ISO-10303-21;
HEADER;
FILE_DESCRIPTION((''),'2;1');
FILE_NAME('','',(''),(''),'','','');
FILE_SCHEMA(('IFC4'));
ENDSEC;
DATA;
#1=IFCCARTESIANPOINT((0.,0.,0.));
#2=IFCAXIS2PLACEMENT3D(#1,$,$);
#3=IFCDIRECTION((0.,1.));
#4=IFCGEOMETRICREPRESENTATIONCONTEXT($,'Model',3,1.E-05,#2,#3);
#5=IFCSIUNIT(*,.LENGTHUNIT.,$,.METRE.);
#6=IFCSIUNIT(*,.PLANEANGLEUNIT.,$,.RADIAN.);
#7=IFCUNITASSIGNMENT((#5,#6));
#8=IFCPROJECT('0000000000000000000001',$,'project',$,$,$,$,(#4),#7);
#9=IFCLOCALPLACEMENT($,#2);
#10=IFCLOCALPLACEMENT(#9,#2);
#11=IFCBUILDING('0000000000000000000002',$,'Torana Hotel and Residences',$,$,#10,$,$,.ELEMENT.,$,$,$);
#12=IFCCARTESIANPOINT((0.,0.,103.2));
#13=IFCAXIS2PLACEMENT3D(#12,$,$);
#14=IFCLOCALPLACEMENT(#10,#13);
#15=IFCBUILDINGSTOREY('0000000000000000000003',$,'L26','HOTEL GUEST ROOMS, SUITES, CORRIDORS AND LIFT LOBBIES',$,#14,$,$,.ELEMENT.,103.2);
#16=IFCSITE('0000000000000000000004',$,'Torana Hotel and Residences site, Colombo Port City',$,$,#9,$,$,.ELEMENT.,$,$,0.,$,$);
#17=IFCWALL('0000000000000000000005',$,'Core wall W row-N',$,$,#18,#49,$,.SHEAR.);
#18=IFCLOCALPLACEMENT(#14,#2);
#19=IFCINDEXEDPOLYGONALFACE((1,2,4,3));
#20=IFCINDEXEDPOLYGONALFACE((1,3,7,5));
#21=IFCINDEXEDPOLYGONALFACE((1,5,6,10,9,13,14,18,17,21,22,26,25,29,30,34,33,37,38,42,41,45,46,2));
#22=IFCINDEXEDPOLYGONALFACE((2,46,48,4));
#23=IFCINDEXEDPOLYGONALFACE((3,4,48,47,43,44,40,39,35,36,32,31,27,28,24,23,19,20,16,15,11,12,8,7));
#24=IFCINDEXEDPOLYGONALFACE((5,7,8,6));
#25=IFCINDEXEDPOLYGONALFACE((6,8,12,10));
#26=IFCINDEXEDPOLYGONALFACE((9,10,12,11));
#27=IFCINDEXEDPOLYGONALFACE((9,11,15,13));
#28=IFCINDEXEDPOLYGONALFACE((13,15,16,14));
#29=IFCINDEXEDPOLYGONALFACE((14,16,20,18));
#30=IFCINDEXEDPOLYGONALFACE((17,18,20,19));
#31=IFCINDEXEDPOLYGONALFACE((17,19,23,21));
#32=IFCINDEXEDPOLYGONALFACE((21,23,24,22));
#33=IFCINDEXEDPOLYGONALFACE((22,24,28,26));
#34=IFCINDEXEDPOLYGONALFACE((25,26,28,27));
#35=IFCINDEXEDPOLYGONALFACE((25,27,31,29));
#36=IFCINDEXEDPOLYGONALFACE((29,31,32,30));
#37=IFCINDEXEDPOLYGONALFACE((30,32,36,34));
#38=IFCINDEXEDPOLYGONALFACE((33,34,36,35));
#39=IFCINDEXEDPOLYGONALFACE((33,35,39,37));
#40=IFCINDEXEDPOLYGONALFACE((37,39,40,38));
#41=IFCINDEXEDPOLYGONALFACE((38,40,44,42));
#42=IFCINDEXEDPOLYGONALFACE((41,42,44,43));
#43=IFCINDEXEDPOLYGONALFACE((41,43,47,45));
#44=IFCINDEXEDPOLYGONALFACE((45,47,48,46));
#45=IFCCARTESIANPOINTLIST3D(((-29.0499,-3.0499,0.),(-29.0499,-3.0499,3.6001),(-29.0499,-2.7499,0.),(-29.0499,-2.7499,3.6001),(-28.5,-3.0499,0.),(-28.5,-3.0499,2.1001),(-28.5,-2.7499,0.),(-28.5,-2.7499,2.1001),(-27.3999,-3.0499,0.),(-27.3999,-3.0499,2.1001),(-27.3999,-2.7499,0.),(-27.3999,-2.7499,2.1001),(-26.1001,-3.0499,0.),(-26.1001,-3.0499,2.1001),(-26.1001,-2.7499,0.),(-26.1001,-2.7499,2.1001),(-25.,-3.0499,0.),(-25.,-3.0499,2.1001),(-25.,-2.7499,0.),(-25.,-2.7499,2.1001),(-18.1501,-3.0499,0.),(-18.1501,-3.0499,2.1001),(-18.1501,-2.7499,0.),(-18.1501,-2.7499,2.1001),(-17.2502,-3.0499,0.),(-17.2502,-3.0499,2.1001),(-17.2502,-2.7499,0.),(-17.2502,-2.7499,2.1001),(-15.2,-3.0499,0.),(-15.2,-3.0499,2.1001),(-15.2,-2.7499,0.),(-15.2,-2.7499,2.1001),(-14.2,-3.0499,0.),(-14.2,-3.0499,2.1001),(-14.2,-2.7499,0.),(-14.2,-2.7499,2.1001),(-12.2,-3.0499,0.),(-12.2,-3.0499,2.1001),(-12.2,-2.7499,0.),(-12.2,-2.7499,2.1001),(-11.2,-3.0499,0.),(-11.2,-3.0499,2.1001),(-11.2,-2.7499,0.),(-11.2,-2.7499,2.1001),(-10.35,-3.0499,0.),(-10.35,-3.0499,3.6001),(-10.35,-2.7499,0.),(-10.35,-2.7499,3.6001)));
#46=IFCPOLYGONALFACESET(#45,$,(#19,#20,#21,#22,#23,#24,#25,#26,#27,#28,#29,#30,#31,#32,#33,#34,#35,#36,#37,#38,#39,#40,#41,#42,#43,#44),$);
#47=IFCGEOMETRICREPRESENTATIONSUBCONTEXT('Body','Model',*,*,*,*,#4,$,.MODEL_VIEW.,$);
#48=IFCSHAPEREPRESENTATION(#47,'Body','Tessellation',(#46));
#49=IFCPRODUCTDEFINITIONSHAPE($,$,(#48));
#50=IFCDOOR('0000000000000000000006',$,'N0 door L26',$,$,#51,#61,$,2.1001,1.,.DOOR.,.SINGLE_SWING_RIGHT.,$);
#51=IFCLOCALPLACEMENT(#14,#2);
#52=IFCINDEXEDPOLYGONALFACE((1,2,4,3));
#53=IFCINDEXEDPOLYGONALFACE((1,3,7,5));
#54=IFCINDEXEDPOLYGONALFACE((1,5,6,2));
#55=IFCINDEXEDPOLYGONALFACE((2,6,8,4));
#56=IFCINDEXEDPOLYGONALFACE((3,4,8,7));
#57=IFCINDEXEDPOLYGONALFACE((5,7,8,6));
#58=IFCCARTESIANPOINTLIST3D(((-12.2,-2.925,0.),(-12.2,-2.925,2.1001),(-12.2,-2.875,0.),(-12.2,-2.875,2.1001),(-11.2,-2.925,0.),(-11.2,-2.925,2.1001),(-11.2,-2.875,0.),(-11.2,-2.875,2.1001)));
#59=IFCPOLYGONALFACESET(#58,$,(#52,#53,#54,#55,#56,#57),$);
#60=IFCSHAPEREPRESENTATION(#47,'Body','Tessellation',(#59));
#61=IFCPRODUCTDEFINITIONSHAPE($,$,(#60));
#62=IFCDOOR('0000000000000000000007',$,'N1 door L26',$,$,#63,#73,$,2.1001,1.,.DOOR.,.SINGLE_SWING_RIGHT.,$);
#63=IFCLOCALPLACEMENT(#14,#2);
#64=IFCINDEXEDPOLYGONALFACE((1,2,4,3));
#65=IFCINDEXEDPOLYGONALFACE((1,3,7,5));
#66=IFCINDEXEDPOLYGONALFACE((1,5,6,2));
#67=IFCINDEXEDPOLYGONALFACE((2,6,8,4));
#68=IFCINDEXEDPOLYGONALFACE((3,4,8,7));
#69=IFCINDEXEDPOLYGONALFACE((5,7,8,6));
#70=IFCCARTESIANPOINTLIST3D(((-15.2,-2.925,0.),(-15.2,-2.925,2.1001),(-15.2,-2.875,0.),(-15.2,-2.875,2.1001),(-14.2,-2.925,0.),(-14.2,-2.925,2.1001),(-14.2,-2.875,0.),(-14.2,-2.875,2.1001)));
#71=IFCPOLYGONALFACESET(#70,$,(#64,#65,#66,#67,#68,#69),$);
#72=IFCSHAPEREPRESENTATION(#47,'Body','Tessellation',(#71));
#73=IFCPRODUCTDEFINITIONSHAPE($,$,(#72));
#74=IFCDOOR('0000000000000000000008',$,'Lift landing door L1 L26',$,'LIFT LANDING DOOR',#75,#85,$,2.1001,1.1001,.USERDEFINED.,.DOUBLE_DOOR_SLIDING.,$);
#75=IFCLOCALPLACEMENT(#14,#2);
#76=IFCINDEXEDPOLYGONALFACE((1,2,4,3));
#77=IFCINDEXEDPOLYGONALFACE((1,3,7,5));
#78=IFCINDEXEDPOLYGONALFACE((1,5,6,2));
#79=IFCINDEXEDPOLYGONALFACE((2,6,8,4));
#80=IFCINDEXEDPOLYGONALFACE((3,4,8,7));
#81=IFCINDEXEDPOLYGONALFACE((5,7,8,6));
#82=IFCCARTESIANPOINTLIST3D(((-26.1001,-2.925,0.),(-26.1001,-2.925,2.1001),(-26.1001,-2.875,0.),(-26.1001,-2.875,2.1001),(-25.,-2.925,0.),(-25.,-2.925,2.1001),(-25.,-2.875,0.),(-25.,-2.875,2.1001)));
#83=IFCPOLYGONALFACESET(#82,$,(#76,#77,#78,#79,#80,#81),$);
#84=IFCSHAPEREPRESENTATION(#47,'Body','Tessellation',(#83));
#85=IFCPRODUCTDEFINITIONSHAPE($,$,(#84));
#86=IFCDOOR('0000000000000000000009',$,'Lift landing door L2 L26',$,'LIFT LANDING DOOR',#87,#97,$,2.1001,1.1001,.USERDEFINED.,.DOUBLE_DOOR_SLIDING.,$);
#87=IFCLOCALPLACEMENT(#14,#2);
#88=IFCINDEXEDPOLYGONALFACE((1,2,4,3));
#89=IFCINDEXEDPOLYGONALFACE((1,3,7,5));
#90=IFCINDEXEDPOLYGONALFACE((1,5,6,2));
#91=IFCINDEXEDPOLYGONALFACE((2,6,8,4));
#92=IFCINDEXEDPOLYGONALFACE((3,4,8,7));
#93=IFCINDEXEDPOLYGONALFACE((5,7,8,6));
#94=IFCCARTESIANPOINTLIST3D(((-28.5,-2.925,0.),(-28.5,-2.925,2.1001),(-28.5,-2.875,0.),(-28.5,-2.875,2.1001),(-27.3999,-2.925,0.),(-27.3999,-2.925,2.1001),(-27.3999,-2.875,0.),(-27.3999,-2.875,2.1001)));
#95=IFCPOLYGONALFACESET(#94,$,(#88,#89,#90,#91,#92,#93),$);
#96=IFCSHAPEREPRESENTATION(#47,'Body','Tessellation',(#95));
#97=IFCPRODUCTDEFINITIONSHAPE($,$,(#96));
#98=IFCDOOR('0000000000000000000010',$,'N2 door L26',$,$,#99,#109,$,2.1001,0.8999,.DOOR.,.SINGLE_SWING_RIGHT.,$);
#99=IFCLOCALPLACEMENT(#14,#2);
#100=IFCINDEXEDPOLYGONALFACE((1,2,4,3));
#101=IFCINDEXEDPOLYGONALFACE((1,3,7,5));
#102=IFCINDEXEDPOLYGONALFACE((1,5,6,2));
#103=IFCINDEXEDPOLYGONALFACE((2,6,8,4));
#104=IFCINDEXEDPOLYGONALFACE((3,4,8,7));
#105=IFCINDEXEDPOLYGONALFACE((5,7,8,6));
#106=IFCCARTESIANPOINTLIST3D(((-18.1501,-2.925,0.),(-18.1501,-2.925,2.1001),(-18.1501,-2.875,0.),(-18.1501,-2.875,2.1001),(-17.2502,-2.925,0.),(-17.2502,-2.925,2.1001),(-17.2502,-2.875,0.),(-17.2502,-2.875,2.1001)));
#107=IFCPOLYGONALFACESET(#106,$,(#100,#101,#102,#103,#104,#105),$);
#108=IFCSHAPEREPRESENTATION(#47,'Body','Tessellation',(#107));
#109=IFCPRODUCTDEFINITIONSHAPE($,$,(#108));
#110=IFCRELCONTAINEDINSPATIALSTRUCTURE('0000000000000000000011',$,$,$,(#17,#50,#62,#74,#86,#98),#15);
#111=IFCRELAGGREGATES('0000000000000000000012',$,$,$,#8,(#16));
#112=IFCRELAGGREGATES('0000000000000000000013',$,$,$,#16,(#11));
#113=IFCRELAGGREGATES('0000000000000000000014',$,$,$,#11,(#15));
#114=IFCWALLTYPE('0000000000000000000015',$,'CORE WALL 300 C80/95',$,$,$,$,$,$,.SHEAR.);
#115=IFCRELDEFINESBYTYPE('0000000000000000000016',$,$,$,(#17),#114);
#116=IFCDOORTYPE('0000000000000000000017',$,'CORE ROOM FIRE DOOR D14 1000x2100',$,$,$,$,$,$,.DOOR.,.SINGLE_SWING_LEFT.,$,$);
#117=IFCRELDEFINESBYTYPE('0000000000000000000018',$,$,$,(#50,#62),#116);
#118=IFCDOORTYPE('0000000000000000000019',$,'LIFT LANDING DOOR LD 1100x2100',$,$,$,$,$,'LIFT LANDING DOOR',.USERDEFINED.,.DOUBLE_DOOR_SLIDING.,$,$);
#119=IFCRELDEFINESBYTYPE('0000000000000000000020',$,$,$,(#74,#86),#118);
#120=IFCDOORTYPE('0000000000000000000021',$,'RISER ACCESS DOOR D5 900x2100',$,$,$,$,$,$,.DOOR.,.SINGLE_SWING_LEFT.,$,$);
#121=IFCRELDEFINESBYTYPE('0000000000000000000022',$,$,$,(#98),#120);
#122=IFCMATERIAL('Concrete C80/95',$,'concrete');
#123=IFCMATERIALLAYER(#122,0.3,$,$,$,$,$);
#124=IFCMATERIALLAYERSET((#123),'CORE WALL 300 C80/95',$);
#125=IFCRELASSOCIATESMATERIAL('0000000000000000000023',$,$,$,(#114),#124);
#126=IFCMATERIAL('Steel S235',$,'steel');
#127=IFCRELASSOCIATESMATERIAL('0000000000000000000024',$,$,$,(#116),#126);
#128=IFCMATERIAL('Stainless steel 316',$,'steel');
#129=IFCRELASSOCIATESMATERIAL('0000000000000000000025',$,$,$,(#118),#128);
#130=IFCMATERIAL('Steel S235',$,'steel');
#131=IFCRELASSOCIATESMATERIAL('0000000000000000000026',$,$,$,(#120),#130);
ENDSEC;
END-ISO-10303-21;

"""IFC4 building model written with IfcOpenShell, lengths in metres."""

from ifc_helpers import new_model, si_unit, direction, frame, frame_2d, origin, place, context, subcontext, project, spatial, rectangle, extrude, material, layer, layer_set, type_object, element, fill, save


model = new_model("IFC4")

# Units and contexts
model_context = context("Model", 3, precision=1e-05, world=origin(), true_north=direction((0.0, 1.0)))
body_context = subcontext(model_context, "Body", "Model", "MODEL_VIEW")
ifc_project = project(units=[si_unit("LENGTHUNIT", "METRE"), si_unit("PLANEANGLEUNIT", "RADIAN")], contexts=[model_context])

# Site, building, storey
site_placement = place(None, origin())
site = spatial("IfcSite", under=ifc_project, at=site_placement, Name="Torana Hotel and Residences site, Colombo Port City", CompositionType="ELEMENT", RefElevation=0.0)
building_placement = place(site_placement, origin())
building = spatial("IfcBuilding", under=site, at=building_placement, Name="Torana Hotel and Residences", CompositionType="ELEMENT")
storey_placement = place(building_placement, frame((0.0, 0.0, 103.2)))
storey = spatial("IfcBuildingStorey", under=building, at=storey_placement, Name="L26", Description="HOTEL GUEST ROOMS, SUITES, CORRIDORS AND LIFT LOBBIES", CompositionType="ELEMENT", Elevation=103.2)

# Wall, openings, doors
ifc_material_1 = material(Name="Concrete C80/95", Category="concrete")
ifc_layer_1 = layer(ifc_material_1, 0.3)
ifc_layer_set_1 = layer_set([ifc_layer_1], Name="CORE WALL 300 C80/95")
wall_type_1 = type_object("IfcWallType", Name="CORE WALL 300 C80/95", PredefinedType="SHEAR", material=ifc_layer_set_1)
wall_1_placement = place(storey_placement, frame((-29.05, -2.8999, 0.0), z_axis=(0.0, 0.0, 1.0), x_axis=(1.0, 0.0, 0.0)))
wall_1 = element("IfcWall", 1, at=wall_1_placement, inside=storey, type_object=wall_type_1, Name="Core wall W row-N", PredefinedType="SHEAR", context=body_context, shape_type="SweptSolid", body=[
    extrude(rectangle(XDim=18.7, YDim=0.3, at=frame_2d((9.3501, 0.0))), origin(), (0.0, 0.0, 1.0), 3.6001),
])
opening_1_placement = place(wall_1_placement, frame((2.95, 0.0, 0.0)))
opening_1 = element("IfcOpeningElement", 2, at=opening_1_placement, cuts=wall_1, PredefinedType="OPENING", context=body_context, shape_type="SweptSolid", body=[
    extrude(rectangle(XDim=1.1001, YDim=2.1001, at=frame_2d((0.55, 1.05))), frame((0.0, 0.1599, 0.0), z_axis=(0.0, -1.0, 0.0), x_axis=(1.0, 0.0, 0.0)), (0.0, 0.0, 1.0), 0.3201),
])
opening_2_placement = place(wall_1_placement, frame((0.55, 0.0, 0.0)))
opening_2 = element("IfcOpeningElement", 3, at=opening_2_placement, cuts=wall_1, PredefinedType="OPENING", context=body_context, shape_type="SweptSolid", body=[
    extrude(rectangle(XDim=1.1001, YDim=2.1001, at=frame_2d((0.55, 1.05))), frame((0.0, 0.1599, 0.0), z_axis=(0.0, -1.0, 0.0), x_axis=(1.0, 0.0, 0.0)), (0.0, 0.0, 1.0), 0.3201),
])
opening_3_placement = place(wall_1_placement, frame((10.8999, 0.0, 0.0)))
opening_3 = element("IfcOpeningElement", 4, at=opening_3_placement, cuts=wall_1, PredefinedType="OPENING", context=body_context, shape_type="SweptSolid", body=[
    extrude(rectangle(XDim=0.8999, YDim=2.1001, at=frame_2d((0.45, 1.05))), frame((0.0, 0.1599, 0.0), z_axis=(0.0, -1.0, 0.0), x_axis=(1.0, 0.0, 0.0)), (0.0, 0.0, 1.0), 0.3201),
])
opening_4_placement = place(wall_1_placement, frame((16.8501, 0.0, 0.0)))
opening_4 = element("IfcOpeningElement", 5, at=opening_4_placement, cuts=wall_1, PredefinedType="OPENING", context=body_context, shape_type="SweptSolid", body=[
    extrude(rectangle(XDim=1.0, YDim=2.1001, at=frame_2d((0.5, 1.05))), frame((0.0, 0.1599, 0.0), z_axis=(0.0, -1.0, 0.0), x_axis=(1.0, 0.0, 0.0)), (0.0, 0.0, 1.0), 0.3201),
])
opening_5_placement = place(wall_1_placement, frame((13.8501, 0.0, 0.0)))
opening_5 = element("IfcOpeningElement", 6, at=opening_5_placement, cuts=wall_1, PredefinedType="OPENING", context=body_context, shape_type="SweptSolid", body=[
    extrude(rectangle(XDim=1.0, YDim=2.1001, at=frame_2d((0.5, 1.05))), frame((0.0, 0.1599, 0.0), z_axis=(0.0, -1.0, 0.0), x_axis=(1.0, 0.0, 0.0)), (0.0, 0.0, 1.0), 0.3201),
])
ifc_material_2 = material(Name="Steel S235", Category="steel")
door_type_1 = type_object("IfcDoorType", Name="CORE ROOM FIRE DOOR D14 1000x2100", OperationType="SINGLE_SWING_LEFT", PredefinedType="DOOR", material=ifc_material_2)
door_1_placement = place(opening_4_placement, origin())
door_1 = element("IfcDoor", 7, at=door_1_placement, inside=storey, type_object=door_type_1, Name="N0 door L26", OperationType="SINGLE_SWING_RIGHT", OverallHeight=2.1001, OverallWidth=1.0, PredefinedType="DOOR", context=body_context, shape_type="SweptSolid", body=[
    extrude(rectangle(XDim=1.0, YDim=2.1001, at=frame_2d((0.5, 1.05))), frame((0.0, 0.0249, 0.0), z_axis=(0.0, -1.0, 0.0), x_axis=(1.0, 0.0, 0.0)), (0.0, 0.0, 1.0), 0.05),
])
fill(opening_4, door_1)
door_2_placement = place(opening_5_placement, origin())
door_2 = element("IfcDoor", 8, at=door_2_placement, inside=storey, type_object=door_type_1, Name="N1 door L26", OperationType="SINGLE_SWING_RIGHT", OverallHeight=2.1001, OverallWidth=1.0, PredefinedType="DOOR", context=body_context, shape_type="SweptSolid", body=[
    extrude(rectangle(XDim=1.0, YDim=2.1001, at=frame_2d((0.5, 1.05))), frame((0.0, 0.0249, 0.0), z_axis=(0.0, -1.0, 0.0), x_axis=(1.0, 0.0, 0.0)), (0.0, 0.0, 1.0), 0.05),
])
fill(opening_5, door_2)
ifc_material_3 = material(Name="Stainless steel 316", Category="steel")
door_type_2 = type_object("IfcDoorType", Name="LIFT LANDING DOOR LD 1100x2100", ElementType="LIFT LANDING DOOR", OperationType="DOUBLE_DOOR_SLIDING", PredefinedType="USERDEFINED", material=ifc_material_3)
door_3_placement = place(opening_1_placement, origin())
door_3 = element("IfcDoor", 9, at=door_3_placement, inside=storey, type_object=door_type_2, Name="Lift landing door L1 L26", ObjectType="LIFT LANDING DOOR", OperationType="DOUBLE_DOOR_SLIDING", OverallHeight=2.1001, OverallWidth=1.1001, PredefinedType="USERDEFINED", context=body_context, shape_type="SweptSolid", body=[
    extrude(rectangle(XDim=1.1001, YDim=2.1001, at=frame_2d((0.55, 1.05))), frame((0.0, 0.0249, 0.0), z_axis=(0.0, -1.0, 0.0), x_axis=(1.0, 0.0, 0.0)), (0.0, 0.0, 1.0), 0.05),
])
fill(opening_1, door_3)
door_4_placement = place(opening_2_placement, origin())
door_4 = element("IfcDoor", 10, at=door_4_placement, inside=storey, type_object=door_type_2, Name="Lift landing door L2 L26", ObjectType="LIFT LANDING DOOR", OperationType="DOUBLE_DOOR_SLIDING", OverallHeight=2.1001, OverallWidth=1.1001, PredefinedType="USERDEFINED", context=body_context, shape_type="SweptSolid", body=[
    extrude(rectangle(XDim=1.1001, YDim=2.1001, at=frame_2d((0.55, 1.05))), frame((0.0, 0.0249, 0.0), z_axis=(0.0, -1.0, 0.0), x_axis=(1.0, 0.0, 0.0)), (0.0, 0.0, 1.0), 0.05),
])
fill(opening_2, door_4)
ifc_material_4 = material(Name="Steel S235", Category="steel")
door_type_3 = type_object("IfcDoorType", Name="RISER ACCESS DOOR D5 900x2100", OperationType="SINGLE_SWING_LEFT", PredefinedType="DOOR", material=ifc_material_4)
door_5_placement = place(opening_3_placement, origin())
door_5 = element("IfcDoor", 11, at=door_5_placement, inside=storey, type_object=door_type_3, Name="N2 door L26", OperationType="SINGLE_SWING_RIGHT", OverallHeight=2.1001, OverallWidth=0.8999, PredefinedType="DOOR", context=body_context, shape_type="SweptSolid", body=[
    extrude(rectangle(XDim=0.8999, YDim=2.1001, at=frame_2d((0.45, 1.05))), frame((0.0, 0.0249, 0.0), z_axis=(0.0, -1.0, 0.0), x_axis=(1.0, 0.0, 0.0)), (0.0, 0.0, 1.0), 0.05),
])
fill(opening_3, door_5)

save(model, "model.ifc")
